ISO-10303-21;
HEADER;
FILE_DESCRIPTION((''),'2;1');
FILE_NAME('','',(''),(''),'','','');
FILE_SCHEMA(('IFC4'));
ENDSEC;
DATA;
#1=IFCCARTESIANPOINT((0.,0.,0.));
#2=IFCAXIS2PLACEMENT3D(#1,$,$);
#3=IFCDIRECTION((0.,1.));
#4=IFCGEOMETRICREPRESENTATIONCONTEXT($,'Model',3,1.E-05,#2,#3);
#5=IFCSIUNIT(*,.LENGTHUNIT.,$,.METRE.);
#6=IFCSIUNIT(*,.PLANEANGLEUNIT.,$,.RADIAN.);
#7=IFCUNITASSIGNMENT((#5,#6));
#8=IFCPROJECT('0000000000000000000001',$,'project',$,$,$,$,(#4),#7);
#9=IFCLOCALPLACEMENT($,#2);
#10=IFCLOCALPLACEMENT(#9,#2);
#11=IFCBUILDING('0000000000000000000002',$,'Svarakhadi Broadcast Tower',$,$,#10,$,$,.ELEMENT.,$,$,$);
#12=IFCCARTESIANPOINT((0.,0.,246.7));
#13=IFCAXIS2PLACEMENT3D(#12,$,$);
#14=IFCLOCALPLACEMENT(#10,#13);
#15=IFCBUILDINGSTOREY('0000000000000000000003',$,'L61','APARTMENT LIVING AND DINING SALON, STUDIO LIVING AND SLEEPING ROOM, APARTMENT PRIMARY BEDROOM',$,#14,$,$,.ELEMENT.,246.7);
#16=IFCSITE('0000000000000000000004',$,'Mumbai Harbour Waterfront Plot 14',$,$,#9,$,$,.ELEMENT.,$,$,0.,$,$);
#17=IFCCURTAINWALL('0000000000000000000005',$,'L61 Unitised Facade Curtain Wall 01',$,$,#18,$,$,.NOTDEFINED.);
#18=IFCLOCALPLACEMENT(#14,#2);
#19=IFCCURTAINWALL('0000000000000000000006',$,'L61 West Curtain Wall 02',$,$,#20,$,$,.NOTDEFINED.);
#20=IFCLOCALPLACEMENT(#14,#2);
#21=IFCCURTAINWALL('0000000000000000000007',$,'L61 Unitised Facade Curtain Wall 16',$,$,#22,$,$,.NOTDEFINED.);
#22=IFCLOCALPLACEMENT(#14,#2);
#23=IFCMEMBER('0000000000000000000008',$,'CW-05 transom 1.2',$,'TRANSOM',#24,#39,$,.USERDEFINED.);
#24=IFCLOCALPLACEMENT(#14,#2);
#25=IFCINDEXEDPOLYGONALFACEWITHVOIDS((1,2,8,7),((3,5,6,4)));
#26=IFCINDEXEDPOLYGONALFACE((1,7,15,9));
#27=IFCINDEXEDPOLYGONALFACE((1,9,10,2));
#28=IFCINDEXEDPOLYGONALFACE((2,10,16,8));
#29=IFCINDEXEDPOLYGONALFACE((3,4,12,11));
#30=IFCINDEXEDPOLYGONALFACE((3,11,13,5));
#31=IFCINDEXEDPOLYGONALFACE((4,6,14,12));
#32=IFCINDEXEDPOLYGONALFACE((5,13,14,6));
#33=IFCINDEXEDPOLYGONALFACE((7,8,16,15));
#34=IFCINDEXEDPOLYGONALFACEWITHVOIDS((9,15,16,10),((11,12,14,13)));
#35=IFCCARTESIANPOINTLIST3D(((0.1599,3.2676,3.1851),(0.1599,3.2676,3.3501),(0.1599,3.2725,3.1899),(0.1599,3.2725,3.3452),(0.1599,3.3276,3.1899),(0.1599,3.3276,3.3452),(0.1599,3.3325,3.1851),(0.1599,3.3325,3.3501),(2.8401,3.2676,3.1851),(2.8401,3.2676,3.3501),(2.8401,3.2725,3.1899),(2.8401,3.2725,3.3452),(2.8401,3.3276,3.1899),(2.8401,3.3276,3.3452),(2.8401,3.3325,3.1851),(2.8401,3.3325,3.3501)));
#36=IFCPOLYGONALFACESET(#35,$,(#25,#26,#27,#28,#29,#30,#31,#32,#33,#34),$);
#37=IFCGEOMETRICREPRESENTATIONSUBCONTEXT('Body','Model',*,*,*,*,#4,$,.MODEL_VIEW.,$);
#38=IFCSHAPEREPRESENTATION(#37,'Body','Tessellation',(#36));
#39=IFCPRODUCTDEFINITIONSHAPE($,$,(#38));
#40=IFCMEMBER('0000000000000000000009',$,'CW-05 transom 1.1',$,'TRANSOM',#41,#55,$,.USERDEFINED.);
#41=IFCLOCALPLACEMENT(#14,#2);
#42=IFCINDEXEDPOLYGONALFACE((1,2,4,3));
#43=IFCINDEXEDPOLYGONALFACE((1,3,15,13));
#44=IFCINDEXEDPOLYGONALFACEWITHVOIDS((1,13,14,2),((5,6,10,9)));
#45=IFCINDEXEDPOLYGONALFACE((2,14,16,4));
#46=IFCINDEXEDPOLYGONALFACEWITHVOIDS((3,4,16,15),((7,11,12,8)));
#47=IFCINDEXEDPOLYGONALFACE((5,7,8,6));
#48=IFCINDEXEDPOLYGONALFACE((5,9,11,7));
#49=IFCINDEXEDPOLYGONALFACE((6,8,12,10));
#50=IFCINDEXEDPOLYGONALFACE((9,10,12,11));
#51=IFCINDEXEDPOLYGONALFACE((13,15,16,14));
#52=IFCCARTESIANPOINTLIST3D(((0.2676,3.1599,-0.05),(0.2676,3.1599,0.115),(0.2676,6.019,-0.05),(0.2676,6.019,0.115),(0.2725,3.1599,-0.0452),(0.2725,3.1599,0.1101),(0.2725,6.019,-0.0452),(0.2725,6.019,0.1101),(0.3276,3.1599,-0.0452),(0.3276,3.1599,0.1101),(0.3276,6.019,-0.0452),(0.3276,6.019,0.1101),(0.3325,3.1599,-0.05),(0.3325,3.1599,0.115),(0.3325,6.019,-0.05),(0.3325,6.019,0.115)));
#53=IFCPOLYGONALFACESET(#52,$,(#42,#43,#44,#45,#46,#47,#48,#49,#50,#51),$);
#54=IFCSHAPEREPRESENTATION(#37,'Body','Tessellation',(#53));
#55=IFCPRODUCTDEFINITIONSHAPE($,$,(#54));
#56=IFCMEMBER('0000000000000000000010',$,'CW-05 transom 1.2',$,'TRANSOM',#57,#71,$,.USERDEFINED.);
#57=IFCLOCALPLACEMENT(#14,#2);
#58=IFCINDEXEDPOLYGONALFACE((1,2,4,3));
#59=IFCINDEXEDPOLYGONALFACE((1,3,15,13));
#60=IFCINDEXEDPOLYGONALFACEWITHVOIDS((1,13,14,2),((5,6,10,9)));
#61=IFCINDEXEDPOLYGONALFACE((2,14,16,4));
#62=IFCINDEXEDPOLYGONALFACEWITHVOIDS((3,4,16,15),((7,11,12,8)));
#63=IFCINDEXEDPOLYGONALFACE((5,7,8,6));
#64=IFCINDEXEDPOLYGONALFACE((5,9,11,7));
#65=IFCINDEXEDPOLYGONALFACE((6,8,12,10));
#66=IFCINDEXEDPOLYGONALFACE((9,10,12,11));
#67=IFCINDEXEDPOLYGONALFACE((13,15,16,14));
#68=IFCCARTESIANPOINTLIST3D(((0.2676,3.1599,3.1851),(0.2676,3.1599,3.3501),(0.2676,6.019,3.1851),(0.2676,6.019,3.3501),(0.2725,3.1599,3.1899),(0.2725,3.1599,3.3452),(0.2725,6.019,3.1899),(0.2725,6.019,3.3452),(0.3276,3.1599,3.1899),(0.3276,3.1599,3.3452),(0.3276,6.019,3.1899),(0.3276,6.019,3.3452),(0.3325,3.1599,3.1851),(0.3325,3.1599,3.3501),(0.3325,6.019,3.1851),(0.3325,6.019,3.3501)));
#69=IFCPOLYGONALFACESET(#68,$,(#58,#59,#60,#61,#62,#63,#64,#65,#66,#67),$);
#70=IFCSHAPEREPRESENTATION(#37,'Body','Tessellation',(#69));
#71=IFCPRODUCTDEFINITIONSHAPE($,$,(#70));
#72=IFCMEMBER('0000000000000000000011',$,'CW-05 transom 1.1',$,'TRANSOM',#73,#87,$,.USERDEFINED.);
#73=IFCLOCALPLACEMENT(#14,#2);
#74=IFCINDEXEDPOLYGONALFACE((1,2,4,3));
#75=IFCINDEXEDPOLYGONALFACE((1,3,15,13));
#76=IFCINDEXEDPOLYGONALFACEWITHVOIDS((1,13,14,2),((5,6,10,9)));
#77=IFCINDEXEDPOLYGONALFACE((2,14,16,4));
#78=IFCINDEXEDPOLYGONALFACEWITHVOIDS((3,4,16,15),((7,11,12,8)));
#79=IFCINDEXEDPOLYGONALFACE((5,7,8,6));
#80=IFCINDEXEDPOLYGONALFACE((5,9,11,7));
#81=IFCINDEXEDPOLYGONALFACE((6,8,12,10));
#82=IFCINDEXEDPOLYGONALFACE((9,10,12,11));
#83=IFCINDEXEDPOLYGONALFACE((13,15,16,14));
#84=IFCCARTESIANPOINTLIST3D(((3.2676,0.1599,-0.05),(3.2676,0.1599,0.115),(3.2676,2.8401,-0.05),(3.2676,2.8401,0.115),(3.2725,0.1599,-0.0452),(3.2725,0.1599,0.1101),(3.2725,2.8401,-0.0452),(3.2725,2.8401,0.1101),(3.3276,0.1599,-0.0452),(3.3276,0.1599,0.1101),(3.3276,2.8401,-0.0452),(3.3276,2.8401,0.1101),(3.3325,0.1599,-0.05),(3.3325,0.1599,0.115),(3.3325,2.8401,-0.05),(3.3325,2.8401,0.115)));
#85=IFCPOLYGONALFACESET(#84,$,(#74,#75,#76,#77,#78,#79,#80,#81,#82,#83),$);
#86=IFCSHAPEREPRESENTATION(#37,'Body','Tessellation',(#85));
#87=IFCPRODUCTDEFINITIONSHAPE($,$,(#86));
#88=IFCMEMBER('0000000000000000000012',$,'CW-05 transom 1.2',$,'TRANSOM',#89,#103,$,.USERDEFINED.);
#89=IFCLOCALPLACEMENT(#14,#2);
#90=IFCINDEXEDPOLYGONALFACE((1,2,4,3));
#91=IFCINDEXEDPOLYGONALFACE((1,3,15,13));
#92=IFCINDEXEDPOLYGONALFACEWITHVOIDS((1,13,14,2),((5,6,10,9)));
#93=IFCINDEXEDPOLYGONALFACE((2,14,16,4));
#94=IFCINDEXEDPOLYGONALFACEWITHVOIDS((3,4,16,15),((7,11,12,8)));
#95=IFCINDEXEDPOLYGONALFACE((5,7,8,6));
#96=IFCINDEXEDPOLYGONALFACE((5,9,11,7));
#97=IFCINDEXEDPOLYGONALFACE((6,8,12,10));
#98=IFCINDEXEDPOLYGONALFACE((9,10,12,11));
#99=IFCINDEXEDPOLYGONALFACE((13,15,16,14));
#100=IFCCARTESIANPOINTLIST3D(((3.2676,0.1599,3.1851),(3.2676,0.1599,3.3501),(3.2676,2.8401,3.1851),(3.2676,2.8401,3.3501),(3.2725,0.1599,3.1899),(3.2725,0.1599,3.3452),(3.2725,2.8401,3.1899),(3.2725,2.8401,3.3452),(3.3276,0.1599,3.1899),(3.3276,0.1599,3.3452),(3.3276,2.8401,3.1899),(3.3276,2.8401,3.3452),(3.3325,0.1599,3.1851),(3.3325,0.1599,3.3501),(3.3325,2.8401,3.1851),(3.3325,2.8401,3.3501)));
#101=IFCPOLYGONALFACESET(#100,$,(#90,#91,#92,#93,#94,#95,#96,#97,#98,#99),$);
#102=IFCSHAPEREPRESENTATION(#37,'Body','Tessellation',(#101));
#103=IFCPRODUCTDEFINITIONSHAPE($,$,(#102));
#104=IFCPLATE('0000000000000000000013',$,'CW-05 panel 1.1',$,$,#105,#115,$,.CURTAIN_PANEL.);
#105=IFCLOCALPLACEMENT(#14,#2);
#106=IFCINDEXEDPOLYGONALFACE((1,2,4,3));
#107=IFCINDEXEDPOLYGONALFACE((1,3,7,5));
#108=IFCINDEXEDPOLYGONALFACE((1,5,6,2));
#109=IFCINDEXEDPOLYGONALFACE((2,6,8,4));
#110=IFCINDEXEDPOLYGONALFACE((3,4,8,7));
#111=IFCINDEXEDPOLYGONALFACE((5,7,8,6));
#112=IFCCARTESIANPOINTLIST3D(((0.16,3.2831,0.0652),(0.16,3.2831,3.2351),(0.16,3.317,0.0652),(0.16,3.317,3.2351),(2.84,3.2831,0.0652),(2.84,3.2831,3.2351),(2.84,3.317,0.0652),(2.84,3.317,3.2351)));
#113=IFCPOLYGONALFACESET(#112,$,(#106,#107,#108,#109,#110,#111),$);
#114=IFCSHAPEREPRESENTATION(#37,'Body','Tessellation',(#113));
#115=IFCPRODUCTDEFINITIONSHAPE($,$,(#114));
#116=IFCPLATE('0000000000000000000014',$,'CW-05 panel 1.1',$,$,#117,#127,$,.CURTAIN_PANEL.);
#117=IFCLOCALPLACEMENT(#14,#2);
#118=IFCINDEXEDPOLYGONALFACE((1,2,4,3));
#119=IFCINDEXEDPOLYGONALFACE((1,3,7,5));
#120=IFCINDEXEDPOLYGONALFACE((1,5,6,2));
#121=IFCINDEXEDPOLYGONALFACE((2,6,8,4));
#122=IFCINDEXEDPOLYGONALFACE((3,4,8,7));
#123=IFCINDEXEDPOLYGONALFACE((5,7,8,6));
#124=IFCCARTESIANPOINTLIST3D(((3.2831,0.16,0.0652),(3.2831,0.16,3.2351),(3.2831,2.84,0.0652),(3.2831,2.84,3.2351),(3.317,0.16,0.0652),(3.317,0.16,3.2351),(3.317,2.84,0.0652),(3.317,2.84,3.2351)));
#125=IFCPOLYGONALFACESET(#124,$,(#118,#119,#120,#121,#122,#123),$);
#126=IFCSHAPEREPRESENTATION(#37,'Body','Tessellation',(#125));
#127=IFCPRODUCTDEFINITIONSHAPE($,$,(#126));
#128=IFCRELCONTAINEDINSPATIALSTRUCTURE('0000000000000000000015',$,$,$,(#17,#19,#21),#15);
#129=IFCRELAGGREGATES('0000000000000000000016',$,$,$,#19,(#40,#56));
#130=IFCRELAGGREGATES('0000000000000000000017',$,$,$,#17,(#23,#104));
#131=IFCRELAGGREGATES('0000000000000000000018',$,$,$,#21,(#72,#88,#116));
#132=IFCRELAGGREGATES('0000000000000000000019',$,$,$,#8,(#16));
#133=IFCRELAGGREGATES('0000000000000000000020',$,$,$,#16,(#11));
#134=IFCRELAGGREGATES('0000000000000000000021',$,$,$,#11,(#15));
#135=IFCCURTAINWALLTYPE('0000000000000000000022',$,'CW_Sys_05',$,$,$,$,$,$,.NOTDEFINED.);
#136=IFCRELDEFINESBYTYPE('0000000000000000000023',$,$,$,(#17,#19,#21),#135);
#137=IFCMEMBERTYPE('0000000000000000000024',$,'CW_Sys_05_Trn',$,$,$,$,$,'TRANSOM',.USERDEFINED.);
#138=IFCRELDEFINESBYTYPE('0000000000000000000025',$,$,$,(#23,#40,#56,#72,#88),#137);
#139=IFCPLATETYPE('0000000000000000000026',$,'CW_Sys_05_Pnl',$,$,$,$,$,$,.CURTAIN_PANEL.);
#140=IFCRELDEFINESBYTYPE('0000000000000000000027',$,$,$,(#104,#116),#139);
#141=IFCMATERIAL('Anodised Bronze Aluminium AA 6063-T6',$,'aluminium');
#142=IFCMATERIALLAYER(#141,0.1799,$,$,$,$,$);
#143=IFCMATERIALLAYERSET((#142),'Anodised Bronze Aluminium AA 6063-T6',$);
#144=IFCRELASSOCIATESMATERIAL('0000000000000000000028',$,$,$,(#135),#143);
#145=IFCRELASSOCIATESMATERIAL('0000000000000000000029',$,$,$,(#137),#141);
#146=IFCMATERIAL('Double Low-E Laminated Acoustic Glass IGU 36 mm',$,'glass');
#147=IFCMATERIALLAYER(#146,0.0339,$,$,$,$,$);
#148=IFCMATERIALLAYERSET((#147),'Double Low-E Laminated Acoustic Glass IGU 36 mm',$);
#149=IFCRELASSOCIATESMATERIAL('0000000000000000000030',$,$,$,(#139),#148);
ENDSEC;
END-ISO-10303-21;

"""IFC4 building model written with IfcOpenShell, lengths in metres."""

from ifc_helpers import new_model, si_unit, direction, frame, origin, origin_2d, place, context, subcontext, project, spatial, rectangle, hollow_rectangle, extrude, material, layer, layer_set, material_profile, profile_set, type_object, element, aggregate, save


model = new_model("IFC4")

# Units and contexts
model_context = context("Model", 3, precision=1e-05, world=origin(), true_north=direction((0.0, 1.0)))
body_context = subcontext(model_context, "Body", "Model", "MODEL_VIEW")
ifc_project = project(units=[si_unit("LENGTHUNIT", "METRE"), si_unit("PLANEANGLEUNIT", "RADIAN")], contexts=[model_context])

# Site, building, storey
site_placement = place(None, origin())
site = spatial("IfcSite", under=ifc_project, at=site_placement, Name="Mumbai Harbour Waterfront Plot 14", CompositionType="ELEMENT", RefElevation=0.0)
building_placement = place(site_placement, origin())
building = spatial("IfcBuilding", under=site, at=building_placement, Name="Svarakhadi Broadcast Tower", CompositionType="ELEMENT")
storey_placement = place(building_placement, frame((0.0, 0.0, 246.7)))
storey = spatial("IfcBuildingStorey", under=building, at=storey_placement, Name="L61", Description="APARTMENT LIVING AND DINING SALON, STUDIO LIVING AND SLEEPING ROOM, APARTMENT PRIMARY BEDROOM", CompositionType="ELEMENT", Elevation=246.7)

# Curtain wall
ifc_material_1 = material(Name="Anodised Bronze Aluminium AA 6063-T6", Category="aluminium")
ifc_layer_1 = layer(ifc_material_1, 0.1799)
ifc_layer_set_1 = layer_set([ifc_layer_1], Name="Anodised Bronze Aluminium AA 6063-T6")
curtain_wall_type = type_object("IfcCurtainWallType", Name="CW_Sys_05", PredefinedType="NOTDEFINED", material=ifc_layer_set_1)
curtain_wall_1_placement = place(storey_placement, origin())
curtain_wall_1 = element("IfcCurtainWall", 1, at=curtain_wall_1_placement, inside=storey, type_object=curtain_wall_type, Name="L61 Unitised Facade Curtain Wall 01", PredefinedType="NOTDEFINED")

# Curtain wall
curtain_wall_2_placement = place(storey_placement, origin())
curtain_wall_2 = element("IfcCurtainWall", 2, at=curtain_wall_2_placement, inside=storey, type_object=curtain_wall_type, Name="L61 West Curtain Wall 02", PredefinedType="NOTDEFINED")

# Curtain wall
curtain_wall_3_placement = place(storey_placement, origin())
curtain_wall_3 = element("IfcCurtainWall", 3, at=curtain_wall_3_placement, inside=storey, type_object=curtain_wall_type, Name="L61 Unitised Facade Curtain Wall 16", PredefinedType="NOTDEFINED")

# Members
ifc_material_profile_1 = material_profile(ifc_material_1, hollow_rectangle(XDim=0.0649, YDim=0.165, WallThickness=0.0049, at=origin_2d()), Name="ALU TRANSOM 165x65x5")
ifc_profile_set_1 = profile_set([ifc_material_profile_1], Name="Anodised Bronze Aluminium AA 6063-T6")
member_type_1 = type_object("IfcMemberType", Name="CW_Sys_05_Trn", ElementType="TRANSOM", PredefinedType="USERDEFINED", material=ifc_profile_set_1)
member_1_placement = place(storey_placement, frame((2.8401, 3.3, 3.2676), z_axis=(-1.0, 0.0, 0.0), x_axis=(0.0, -1.0, 0.0)))
member_1 = element("IfcMember", 4, at=member_1_placement, type_object=member_type_1, Name="CW-05 transom 1.2", ObjectType="TRANSOM", PredefinedType="USERDEFINED", context=body_context, shape_type="SweptSolid", body=[
    extrude(hollow_rectangle(XDim=0.0649, YDim=0.165, WallThickness=0.0049, at=origin_2d()), origin(), (0.0, 0.0, 1.0), 2.6802),
])
member_2_placement = place(storey_placement, frame((0.3, 3.1599, 0.0325), z_axis=(0.0, 1.0, 0.0), x_axis=(-1.0, 0.0, 0.0)))
member_2 = element("IfcMember", 5, at=member_2_placement, type_object=member_type_1, Name="CW-05 transom 1.1", ObjectType="TRANSOM", PredefinedType="USERDEFINED", context=body_context, shape_type="SweptSolid", body=[
    extrude(hollow_rectangle(XDim=0.0649, YDim=0.165, WallThickness=0.0049, at=origin_2d()), origin(), (0.0, 0.0, 1.0), 2.8591),
])
member_3_placement = place(storey_placement, frame((0.3, 3.1599, 3.2676), z_axis=(0.0, 1.0, 0.0), x_axis=(-1.0, 0.0, 0.0)))
member_3 = element("IfcMember", 6, at=member_3_placement, type_object=member_type_1, Name="CW-05 transom 1.2", ObjectType="TRANSOM", PredefinedType="USERDEFINED", context=body_context, shape_type="SweptSolid", body=[
    extrude(hollow_rectangle(XDim=0.0649, YDim=0.165, WallThickness=0.0049, at=origin_2d()), origin(), (0.0, 0.0, 1.0), 2.8591),
])
aggregate(curtain_wall_2, [member_2, member_3])
member_4_placement = place(storey_placement, frame((3.3, 0.1599, 0.0325), z_axis=(0.0, 1.0, 0.0), x_axis=(-1.0, 0.0, 0.0)))
member_4 = element("IfcMember", 7, at=member_4_placement, type_object=member_type_1, Name="CW-05 transom 1.1", ObjectType="TRANSOM", PredefinedType="USERDEFINED", context=body_context, shape_type="SweptSolid", body=[
    extrude(hollow_rectangle(XDim=0.0649, YDim=0.165, WallThickness=0.0049, at=origin_2d()), origin(), (0.0, 0.0, 1.0), 2.6802),
])
member_5_placement = place(storey_placement, frame((3.3, 0.1599, 3.2676), z_axis=(0.0, 1.0, 0.0), x_axis=(-1.0, 0.0, 0.0)))
member_5 = element("IfcMember", 8, at=member_5_placement, type_object=member_type_1, Name="CW-05 transom 1.2", ObjectType="TRANSOM", PredefinedType="USERDEFINED", context=body_context, shape_type="SweptSolid", body=[
    extrude(hollow_rectangle(XDim=0.0649, YDim=0.165, WallThickness=0.0049, at=origin_2d()), origin(), (0.0, 0.0, 1.0), 2.6802),
])

# Plates
ifc_material_2 = material(Name="Double Low-E Laminated Acoustic Glass IGU 36 mm", Category="glass")
ifc_layer_2 = layer(ifc_material_2, 0.0339)
ifc_layer_set_2 = layer_set([ifc_layer_2], Name="Double Low-E Laminated Acoustic Glass IGU 36 mm")
plate_type = type_object("IfcPlateType", Name="CW_Sys_05_Pnl", PredefinedType="CURTAIN_PANEL", material=ifc_layer_set_2)
plate_1_placement = place(storey_placement, frame((1.5, 3.3, 0.0652), z_axis=(0.0, 0.0, 1.0), x_axis=(-1.0, 0.0, 0.0)))
plate_1 = element("IfcPlate", 9, at=plate_1_placement, type_object=plate_type, Name="CW-05 panel 1.1", PredefinedType="CURTAIN_PANEL", context=body_context, shape_type="SweptSolid", body=[
    extrude(rectangle(XDim=2.6799, YDim=0.0339, at=origin_2d()), origin(), (0.0, 0.0, 1.0), 3.1699),
])
aggregate(curtain_wall_1, [member_1, plate_1])
plate_2_placement = place(storey_placement, frame((3.3, 1.5, 0.0652), z_axis=(0.0, 0.0, 1.0), x_axis=(0.0, 1.0, 0.0)))
plate_2 = element("IfcPlate", 10, at=plate_2_placement, type_object=plate_type, Name="CW-05 panel 1.1", PredefinedType="CURTAIN_PANEL", context=body_context, shape_type="SweptSolid", body=[
    extrude(rectangle(XDim=2.6799, YDim=0.0339, at=origin_2d()), origin(), (0.0, 0.0, 1.0), 3.1699),
])
aggregate(curtain_wall_3, [member_4, member_5, plate_2])

save(model, "model.ifc")
